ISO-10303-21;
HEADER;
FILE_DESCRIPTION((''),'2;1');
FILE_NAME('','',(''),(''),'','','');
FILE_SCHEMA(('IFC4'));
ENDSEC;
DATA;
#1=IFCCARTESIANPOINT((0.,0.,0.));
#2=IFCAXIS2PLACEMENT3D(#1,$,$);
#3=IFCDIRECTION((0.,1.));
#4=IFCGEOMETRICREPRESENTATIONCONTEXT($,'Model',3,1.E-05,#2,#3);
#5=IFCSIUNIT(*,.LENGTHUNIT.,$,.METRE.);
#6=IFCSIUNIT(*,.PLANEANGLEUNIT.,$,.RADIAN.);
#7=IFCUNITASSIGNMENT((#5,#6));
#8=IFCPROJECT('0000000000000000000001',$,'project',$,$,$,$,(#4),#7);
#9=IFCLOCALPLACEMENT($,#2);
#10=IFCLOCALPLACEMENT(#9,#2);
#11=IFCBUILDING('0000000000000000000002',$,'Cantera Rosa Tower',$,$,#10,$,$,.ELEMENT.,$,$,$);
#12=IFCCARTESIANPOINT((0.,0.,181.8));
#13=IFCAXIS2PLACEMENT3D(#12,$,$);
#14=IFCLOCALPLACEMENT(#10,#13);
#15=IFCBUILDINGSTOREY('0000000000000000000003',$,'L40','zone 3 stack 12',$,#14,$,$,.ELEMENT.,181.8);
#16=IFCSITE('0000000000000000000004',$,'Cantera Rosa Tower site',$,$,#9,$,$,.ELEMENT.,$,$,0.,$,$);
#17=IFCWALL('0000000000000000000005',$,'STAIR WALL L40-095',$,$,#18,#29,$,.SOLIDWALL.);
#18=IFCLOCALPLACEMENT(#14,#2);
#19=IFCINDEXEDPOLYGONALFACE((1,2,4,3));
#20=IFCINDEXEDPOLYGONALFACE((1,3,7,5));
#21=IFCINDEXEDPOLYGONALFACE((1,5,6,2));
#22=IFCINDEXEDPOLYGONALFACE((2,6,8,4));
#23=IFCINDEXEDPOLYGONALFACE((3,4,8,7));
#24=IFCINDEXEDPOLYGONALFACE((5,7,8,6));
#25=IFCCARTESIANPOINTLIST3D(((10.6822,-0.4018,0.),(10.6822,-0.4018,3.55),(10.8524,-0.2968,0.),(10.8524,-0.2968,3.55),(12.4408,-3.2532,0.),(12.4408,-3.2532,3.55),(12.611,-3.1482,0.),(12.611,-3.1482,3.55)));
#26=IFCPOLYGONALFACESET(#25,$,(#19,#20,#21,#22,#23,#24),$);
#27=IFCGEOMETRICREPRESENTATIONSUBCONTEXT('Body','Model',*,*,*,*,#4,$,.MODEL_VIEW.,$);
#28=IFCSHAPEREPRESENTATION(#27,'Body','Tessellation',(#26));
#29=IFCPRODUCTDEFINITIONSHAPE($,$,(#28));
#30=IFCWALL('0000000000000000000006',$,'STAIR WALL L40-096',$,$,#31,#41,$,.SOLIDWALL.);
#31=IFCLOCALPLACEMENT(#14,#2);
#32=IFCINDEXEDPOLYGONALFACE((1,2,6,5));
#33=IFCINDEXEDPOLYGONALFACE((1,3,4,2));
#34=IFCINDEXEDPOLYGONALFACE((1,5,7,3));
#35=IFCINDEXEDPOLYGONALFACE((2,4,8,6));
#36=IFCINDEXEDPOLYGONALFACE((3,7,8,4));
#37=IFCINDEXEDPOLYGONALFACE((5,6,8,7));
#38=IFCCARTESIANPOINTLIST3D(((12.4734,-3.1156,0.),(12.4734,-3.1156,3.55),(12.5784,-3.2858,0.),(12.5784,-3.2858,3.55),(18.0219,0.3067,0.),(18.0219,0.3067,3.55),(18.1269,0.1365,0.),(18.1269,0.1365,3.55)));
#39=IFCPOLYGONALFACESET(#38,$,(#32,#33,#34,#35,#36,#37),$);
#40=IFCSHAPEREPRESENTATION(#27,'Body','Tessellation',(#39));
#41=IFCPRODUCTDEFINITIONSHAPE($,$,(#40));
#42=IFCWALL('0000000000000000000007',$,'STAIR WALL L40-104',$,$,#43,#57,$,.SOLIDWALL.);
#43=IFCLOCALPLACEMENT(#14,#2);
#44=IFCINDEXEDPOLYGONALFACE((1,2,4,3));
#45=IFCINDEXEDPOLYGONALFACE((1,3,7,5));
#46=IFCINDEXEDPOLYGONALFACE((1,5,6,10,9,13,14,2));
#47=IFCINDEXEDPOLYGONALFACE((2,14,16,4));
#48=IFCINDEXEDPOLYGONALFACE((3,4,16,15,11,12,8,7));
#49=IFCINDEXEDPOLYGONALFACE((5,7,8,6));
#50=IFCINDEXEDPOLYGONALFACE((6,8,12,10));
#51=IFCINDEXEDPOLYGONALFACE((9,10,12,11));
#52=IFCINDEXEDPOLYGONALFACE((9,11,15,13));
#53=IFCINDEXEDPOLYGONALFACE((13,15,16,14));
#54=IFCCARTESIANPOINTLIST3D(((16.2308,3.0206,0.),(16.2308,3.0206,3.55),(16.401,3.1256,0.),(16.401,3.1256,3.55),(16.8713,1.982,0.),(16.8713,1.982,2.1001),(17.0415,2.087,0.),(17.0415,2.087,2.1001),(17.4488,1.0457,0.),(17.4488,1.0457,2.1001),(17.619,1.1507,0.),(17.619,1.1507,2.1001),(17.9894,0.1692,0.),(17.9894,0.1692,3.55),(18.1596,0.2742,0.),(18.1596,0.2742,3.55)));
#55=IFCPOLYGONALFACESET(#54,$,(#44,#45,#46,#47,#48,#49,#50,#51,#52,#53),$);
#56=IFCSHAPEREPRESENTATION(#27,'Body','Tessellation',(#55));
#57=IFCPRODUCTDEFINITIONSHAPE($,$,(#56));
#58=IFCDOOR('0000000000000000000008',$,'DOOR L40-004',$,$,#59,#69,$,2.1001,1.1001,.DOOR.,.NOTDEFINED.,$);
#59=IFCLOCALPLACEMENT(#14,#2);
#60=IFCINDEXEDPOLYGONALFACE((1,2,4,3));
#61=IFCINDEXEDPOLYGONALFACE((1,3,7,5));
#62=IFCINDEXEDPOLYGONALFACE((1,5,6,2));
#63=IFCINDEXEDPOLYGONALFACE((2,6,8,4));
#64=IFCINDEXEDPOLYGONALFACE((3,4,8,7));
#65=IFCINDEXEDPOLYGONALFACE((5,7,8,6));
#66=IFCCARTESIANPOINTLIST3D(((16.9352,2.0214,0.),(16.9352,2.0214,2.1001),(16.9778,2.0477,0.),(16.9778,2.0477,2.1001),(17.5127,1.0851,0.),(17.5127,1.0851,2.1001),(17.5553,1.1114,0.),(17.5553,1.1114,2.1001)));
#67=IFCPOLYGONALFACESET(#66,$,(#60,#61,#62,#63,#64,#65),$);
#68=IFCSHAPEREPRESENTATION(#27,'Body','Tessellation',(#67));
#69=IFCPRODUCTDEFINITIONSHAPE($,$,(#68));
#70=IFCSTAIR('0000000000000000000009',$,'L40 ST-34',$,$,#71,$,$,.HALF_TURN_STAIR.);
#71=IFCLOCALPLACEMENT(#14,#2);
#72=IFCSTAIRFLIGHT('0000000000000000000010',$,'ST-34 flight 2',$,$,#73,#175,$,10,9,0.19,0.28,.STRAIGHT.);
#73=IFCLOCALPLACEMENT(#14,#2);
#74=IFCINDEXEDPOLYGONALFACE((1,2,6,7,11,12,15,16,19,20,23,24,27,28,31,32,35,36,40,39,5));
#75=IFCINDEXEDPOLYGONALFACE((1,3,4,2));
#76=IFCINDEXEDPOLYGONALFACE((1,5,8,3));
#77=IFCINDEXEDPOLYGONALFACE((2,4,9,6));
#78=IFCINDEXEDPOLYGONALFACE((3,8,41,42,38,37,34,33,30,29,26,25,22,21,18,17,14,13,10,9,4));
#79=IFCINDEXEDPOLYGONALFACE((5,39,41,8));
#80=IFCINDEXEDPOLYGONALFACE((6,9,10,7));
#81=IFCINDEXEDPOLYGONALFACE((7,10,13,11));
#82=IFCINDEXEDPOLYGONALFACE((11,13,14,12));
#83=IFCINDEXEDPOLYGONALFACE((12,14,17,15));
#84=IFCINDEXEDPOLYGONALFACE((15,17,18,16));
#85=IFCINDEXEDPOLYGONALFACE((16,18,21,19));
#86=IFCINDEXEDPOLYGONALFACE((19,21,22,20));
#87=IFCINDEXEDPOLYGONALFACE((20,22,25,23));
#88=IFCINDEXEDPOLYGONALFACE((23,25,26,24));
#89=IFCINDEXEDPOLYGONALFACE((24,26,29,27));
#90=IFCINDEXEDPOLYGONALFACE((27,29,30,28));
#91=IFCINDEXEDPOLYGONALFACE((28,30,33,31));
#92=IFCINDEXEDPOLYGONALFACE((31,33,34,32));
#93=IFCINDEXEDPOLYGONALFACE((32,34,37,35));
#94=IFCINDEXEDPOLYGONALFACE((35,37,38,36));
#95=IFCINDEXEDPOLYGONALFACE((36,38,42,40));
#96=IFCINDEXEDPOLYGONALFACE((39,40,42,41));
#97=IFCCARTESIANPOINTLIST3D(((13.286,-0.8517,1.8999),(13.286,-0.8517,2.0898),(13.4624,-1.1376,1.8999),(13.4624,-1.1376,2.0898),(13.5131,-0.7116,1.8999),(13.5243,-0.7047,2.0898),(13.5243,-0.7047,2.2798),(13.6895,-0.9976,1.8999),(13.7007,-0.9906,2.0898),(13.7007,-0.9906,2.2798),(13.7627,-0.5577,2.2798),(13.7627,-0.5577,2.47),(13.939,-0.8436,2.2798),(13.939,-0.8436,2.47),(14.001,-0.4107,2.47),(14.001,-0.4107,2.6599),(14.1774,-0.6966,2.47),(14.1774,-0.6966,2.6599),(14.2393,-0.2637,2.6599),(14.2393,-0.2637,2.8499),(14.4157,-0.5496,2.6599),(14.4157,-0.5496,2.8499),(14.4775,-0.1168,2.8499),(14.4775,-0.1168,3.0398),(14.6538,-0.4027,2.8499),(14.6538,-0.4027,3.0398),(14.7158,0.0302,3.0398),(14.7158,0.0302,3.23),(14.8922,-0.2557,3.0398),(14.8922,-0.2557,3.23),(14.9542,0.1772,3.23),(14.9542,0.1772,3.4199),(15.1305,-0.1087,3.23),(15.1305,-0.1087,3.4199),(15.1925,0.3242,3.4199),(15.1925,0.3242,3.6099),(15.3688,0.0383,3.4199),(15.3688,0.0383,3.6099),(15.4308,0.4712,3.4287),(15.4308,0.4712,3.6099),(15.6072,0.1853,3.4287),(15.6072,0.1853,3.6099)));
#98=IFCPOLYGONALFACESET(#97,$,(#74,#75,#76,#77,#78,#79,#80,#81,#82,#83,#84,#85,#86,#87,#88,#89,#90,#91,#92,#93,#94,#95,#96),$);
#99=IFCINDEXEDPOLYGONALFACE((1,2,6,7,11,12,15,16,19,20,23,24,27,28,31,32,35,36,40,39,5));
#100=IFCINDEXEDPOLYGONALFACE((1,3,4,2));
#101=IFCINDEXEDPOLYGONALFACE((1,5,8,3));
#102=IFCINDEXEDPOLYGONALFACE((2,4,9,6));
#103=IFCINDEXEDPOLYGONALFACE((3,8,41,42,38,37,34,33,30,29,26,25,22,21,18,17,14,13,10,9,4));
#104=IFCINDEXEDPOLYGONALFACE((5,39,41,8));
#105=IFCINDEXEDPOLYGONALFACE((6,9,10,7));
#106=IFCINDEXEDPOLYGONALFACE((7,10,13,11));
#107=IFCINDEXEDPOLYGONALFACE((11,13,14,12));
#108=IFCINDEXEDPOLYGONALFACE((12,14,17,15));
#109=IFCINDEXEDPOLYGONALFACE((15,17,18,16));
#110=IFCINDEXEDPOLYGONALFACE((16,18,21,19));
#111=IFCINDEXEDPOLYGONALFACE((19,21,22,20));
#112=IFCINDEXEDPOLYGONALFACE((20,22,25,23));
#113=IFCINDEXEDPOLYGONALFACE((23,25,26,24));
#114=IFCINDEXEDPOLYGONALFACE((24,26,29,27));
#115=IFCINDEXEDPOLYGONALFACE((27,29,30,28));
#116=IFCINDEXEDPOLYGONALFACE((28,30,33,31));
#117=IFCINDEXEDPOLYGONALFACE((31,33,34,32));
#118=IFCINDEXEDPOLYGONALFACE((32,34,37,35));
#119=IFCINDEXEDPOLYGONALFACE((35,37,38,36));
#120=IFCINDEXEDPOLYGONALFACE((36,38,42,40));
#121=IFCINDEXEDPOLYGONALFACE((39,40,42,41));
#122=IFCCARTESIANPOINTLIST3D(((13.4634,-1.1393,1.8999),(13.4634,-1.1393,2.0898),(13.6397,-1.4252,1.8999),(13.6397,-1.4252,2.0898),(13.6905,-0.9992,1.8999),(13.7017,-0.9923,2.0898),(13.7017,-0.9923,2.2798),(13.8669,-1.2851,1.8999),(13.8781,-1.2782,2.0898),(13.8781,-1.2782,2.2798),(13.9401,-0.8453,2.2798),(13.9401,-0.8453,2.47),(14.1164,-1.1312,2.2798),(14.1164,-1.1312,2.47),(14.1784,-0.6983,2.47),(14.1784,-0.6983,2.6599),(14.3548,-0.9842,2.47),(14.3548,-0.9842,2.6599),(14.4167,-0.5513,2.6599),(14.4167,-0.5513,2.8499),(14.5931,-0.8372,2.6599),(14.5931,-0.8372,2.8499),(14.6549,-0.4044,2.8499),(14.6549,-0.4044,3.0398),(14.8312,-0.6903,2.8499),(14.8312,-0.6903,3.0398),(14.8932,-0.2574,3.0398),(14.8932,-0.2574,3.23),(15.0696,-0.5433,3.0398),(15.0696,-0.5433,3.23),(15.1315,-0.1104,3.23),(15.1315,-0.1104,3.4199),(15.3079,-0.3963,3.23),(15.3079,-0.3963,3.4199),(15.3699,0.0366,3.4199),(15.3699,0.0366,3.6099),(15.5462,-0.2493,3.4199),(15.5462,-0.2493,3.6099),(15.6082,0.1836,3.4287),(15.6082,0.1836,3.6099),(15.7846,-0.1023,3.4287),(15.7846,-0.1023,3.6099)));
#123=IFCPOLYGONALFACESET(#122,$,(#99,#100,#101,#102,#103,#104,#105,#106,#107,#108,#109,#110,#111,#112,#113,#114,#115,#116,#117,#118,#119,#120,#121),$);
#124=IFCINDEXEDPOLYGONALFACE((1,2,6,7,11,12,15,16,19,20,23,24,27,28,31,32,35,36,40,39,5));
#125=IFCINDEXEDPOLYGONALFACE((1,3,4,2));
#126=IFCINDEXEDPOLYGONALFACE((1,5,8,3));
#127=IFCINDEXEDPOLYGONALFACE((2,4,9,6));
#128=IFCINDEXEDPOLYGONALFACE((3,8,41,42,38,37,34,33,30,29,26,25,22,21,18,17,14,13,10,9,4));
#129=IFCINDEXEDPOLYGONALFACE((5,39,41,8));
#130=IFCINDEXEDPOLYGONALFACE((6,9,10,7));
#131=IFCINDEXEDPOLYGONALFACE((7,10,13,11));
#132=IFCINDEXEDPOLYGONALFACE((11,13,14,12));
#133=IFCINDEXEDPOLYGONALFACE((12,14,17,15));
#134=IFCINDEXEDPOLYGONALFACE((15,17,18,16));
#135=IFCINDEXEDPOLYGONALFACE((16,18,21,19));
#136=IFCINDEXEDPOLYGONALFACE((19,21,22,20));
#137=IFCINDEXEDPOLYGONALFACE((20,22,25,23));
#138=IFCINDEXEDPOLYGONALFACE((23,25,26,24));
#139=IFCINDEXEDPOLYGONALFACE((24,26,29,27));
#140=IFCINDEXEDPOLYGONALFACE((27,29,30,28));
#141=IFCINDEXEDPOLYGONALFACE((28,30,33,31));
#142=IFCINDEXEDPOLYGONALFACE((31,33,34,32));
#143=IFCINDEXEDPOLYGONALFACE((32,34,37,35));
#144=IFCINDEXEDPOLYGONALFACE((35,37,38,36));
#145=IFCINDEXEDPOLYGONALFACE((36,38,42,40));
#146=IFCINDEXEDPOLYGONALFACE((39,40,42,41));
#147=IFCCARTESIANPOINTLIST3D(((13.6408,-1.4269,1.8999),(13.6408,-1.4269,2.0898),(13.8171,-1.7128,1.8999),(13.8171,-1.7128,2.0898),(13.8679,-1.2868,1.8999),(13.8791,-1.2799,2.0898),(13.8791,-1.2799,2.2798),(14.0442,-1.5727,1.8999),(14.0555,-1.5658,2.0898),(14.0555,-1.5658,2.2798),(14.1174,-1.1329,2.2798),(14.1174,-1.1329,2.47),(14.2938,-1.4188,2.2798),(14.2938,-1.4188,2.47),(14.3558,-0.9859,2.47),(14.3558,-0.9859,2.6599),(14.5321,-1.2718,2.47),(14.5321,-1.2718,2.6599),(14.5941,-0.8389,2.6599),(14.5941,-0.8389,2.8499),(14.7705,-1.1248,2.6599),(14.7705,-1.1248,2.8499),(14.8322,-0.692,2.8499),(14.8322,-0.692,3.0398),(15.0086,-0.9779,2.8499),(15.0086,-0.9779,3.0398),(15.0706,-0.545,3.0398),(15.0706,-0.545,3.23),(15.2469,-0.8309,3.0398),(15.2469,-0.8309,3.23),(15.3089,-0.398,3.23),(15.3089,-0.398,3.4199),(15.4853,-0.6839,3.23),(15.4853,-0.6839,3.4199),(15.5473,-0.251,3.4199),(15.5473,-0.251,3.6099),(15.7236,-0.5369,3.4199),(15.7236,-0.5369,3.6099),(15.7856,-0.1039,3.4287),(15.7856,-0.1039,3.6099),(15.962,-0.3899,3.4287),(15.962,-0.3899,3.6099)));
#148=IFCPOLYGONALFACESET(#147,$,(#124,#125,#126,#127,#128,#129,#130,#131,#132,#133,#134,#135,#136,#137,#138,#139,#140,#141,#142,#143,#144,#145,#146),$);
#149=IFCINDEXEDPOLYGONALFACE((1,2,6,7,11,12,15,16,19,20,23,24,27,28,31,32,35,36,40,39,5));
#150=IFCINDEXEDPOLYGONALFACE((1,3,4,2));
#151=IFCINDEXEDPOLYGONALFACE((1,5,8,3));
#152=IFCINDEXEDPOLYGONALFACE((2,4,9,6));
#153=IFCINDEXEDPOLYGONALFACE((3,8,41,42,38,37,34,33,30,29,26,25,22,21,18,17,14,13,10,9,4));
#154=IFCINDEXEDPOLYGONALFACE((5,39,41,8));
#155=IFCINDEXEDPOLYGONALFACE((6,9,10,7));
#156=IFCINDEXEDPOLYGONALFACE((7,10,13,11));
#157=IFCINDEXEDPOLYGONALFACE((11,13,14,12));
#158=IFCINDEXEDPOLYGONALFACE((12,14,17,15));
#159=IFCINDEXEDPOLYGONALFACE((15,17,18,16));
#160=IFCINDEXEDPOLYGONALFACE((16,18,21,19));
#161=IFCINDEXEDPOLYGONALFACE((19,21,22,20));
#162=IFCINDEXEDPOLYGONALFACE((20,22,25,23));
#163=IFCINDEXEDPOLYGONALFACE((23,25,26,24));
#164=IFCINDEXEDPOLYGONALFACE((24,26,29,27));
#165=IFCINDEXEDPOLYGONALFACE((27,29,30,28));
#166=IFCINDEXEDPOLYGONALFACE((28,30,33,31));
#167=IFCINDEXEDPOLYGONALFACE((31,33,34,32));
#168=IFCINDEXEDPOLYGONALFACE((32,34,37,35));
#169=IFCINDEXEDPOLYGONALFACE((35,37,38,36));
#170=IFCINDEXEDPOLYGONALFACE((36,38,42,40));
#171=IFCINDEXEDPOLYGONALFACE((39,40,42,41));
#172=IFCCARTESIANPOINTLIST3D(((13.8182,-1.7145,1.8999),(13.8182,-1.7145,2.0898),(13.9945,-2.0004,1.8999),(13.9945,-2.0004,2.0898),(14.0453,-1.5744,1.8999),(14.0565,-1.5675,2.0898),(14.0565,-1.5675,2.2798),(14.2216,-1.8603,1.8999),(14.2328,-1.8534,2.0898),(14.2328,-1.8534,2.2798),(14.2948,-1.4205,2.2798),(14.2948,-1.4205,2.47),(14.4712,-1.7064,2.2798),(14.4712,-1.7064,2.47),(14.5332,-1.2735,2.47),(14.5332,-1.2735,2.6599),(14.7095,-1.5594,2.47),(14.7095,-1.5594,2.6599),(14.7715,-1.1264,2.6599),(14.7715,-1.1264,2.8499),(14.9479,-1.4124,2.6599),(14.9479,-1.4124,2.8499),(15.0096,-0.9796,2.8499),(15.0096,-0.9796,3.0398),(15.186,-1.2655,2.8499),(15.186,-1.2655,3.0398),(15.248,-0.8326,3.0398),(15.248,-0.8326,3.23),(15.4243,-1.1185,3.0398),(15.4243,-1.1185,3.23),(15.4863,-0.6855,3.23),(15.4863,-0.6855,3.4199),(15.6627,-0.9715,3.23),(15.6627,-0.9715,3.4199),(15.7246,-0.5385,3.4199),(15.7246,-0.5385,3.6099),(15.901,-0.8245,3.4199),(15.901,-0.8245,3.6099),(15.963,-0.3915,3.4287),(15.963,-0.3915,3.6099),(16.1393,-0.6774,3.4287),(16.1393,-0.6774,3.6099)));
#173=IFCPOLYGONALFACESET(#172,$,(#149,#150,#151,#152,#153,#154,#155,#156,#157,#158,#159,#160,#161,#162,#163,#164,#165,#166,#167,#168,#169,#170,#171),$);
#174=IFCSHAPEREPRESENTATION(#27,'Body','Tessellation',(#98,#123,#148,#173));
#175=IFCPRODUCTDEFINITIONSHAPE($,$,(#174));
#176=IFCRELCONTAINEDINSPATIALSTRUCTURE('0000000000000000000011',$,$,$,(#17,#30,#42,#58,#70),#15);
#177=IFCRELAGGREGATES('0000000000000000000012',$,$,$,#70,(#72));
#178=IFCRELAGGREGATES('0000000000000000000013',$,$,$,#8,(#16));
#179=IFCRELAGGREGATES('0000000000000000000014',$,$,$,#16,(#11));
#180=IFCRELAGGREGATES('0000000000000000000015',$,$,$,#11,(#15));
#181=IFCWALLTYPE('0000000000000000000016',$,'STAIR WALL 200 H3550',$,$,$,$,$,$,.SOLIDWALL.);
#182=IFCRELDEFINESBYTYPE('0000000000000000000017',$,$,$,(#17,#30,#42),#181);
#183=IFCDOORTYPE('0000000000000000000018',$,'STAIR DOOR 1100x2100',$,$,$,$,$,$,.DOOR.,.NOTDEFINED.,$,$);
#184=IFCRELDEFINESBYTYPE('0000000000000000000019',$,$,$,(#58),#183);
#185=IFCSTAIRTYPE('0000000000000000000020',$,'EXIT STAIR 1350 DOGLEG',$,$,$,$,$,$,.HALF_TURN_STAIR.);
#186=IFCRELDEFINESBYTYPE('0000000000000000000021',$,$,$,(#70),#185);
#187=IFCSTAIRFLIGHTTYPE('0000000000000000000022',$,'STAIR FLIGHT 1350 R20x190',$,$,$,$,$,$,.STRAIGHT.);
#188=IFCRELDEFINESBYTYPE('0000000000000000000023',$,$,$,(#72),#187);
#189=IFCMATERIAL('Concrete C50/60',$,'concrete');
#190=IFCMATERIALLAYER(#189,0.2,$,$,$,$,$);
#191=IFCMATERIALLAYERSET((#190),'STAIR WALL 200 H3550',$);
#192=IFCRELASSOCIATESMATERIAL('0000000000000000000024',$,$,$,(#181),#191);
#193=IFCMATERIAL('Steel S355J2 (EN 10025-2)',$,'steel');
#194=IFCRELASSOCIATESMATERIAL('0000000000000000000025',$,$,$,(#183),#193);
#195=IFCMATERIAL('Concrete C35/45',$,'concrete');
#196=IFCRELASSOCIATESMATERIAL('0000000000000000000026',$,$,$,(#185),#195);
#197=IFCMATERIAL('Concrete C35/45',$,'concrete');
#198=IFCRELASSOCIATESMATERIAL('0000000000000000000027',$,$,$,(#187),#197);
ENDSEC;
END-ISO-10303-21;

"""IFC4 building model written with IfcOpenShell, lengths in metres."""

from ifc_helpers import new_model, si_unit, direction, frame, frame_2d, origin, place, context, subcontext, project, spatial, polyline, rectangle, outline, extrude, material, layer, layer_set, type_object, element, fill, aggregate, save


model = new_model("IFC4")

# Units and contexts
model_context = context("Model", 3, precision=1e-05, world=origin(), true_north=direction((0.0, 1.0)))
body_context = subcontext(model_context, "Body", "Model", "MODEL_VIEW")
ifc_project = project(units=[si_unit("LENGTHUNIT", "METRE"), si_unit("PLANEANGLEUNIT", "RADIAN")], contexts=[model_context])

# Site, building, storey
site_placement = place(None, origin())
site = spatial("IfcSite", under=ifc_project, at=site_placement, Name="Cantera Rosa Tower site", CompositionType="ELEMENT", RefElevation=0.0)
building_placement = place(site_placement, origin())
building = spatial("IfcBuilding", under=site, at=building_placement, Name="Cantera Rosa Tower", CompositionType="ELEMENT")
storey_placement = place(building_placement, frame((0.0, 0.0, 181.8)))
storey = spatial("IfcBuildingStorey", under=building, at=storey_placement, Name="L40", Description="zone 3 stack 12", CompositionType="ELEMENT", Elevation=181.8)

# Walls
ifc_material_1 = material(Name="Concrete C50/60", Category="concrete")
ifc_layer_1 = layer(ifc_material_1, 0.2)
ifc_layer_set_1 = layer_set([ifc_layer_1], Name="STAIR WALL 200 H3550")
wall_type_1 = type_object("IfcWallType", Name="STAIR WALL 200 H3550", PredefinedType="SOLIDWALL", material=ifc_layer_set_1)
wall_1_placement = place(storey_placement, frame((12.5259, -3.2007, 0.0), z_axis=(0.0, 0.0, 1.0), x_axis=(-0.524939, 0.85114, 0.0)))
element("IfcWall", 1, at=wall_1_placement, inside=storey, type_object=wall_type_1, Name="STAIR WALL L40-095", PredefinedType="SOLIDWALL", context=body_context, shape_type="SweptSolid", body=[
    extrude(rectangle(XDim=3.3501, YDim=0.2, at=frame_2d((1.675, 0.0))), origin(), (0.0, 0.0, 1.0), 3.55),
])
wall_2_placement = place(storey_placement, frame((12.5259, -3.2007, 0.0), z_axis=(0.0, 0.0, 1.0), x_axis=(0.85112, 0.524971, 0.0)))
element("IfcWall", 2, at=wall_2_placement, inside=storey, type_object=wall_type_1, Name="STAIR WALL L40-096", PredefinedType="SOLIDWALL", context=body_context, shape_type="SweptSolid", body=[
    extrude(rectangle(XDim=6.519, YDim=0.2, at=frame_2d((3.2595, 0.0))), origin(), (0.0, 0.0, 1.0), 3.55),
])

# Wall, opening, door
wall_3_placement = place(storey_placement, frame((18.0745, 0.2217, 0.0), z_axis=(0.0, 0.0, 1.0), x_axis=(-0.524939, 0.85114, 0.0)))
wall_3 = element("IfcWall", 3, at=wall_3_placement, inside=storey, type_object=wall_type_1, Name="STAIR WALL L40-104", PredefinedType="SOLIDWALL", context=body_context, shape_type="SweptSolid", body=[
    extrude(rectangle(XDim=3.3501, YDim=0.2, at=frame_2d((1.675, 0.0))), origin(), (0.0, 0.0, 1.0), 3.55),
])
opening_1_placement = place(wall_3_placement, frame((1.0298, 0.0, 0.0)))
opening_1 = element("IfcOpeningElement", 4, at=opening_1_placement, cuts=wall_3, PredefinedType="OPENING", context=body_context, shape_type="SweptSolid", body=[
    extrude(rectangle(XDim=1.1001, YDim=2.1001, at=frame_2d((0.55, 1.05))), frame((0.0, 0.1099, 0.0), z_axis=(0.0, -1.0, 0.0), x_axis=(1.0, 0.0, 0.0)), (0.0, 0.0, 1.0), 0.22),
])
ifc_material_2 = material(Name="Steel S355J2 (EN 10025-2)", Category="steel")
door_type_1 = type_object("IfcDoorType", Name="STAIR DOOR 1100x2100", OperationType="NOTDEFINED", PredefinedType="DOOR", material=ifc_material_2)
door_1_placement = place(opening_1_placement, origin())
door_1 = element("IfcDoor", 5, at=door_1_placement, inside=storey, type_object=door_type_1, Name="DOOR L40-004", OperationType="NOTDEFINED", OverallHeight=2.1001, OverallWidth=1.1001, PredefinedType="DOOR", context=body_context, shape_type="SweptSolid", body=[
    extrude(rectangle(XDim=1.1001, YDim=2.1001, at=frame_2d((0.55, 1.05))), frame((0.0, 0.0249, 0.0), z_axis=(0.0, -1.0, 0.0), x_axis=(1.0, 0.0, 0.0)), (0.0, 0.0, 1.0), 0.05),
])
fill(opening_1, door_1)

# Stair, stair flight
ifc_material_3 = material(Name="Concrete C35/45", Category="concrete")
stair_type = type_object("IfcStairType", Name="EXIT STAIR 1350 DOGLEG", PredefinedType="HALF_TURN_STAIR", material=ifc_material_3)
stair_placement = place(storey_placement, origin())
stair = element("IfcStair", 6, at=stair_placement, inside=storey, type_object=stair_type, Name="L40 ST-34", PredefinedType="HALF_TURN_STAIR")
ifc_material_4 = material(Name="Concrete C35/45", Category="concrete")
stair_flight_type = type_object("IfcStairFlightType", Name="STAIR FLIGHT 1350 R20x190", PredefinedType="STRAIGHT", material=ifc_material_4)
stair_flight_placement = place(storey_placement, frame((13.6404, -1.4263, 1.8999), z_axis=(0.0, 0.0, 1.0), x_axis=(0.851117, 0.524977, 0.0)))
stair_flight = element("IfcStairFlight", 7, at=stair_flight_placement, type_object=stair_flight_type, Name="ST-34 flight 2", NumberOfRisers=10, NumberOfTreads=9, PredefinedType="STRAIGHT", RiserHeight=0.19, TreadLength=0.28, context=body_context, shape_type="SweptSolid", body=[
    extrude(outline(polyline([(0.0, 0.0), (0.0, 0.1899), (0.28, 0.1899), (0.28, 0.3799), (0.5601, 0.3799), (0.5601, 0.5701), (0.8401, 0.5701), (0.8401, 0.76), (1.1201, 0.76), (1.1201, 0.95), (1.3999, 0.95), (1.3999, 1.1399), (1.6799, 1.1399), (1.6799, 1.3301), (1.96, 1.3301), (1.96, 1.52), (2.24, 1.52), (2.24, 1.71), (2.52, 1.71), (2.52, 1.8999), (2.52, 1.5288), (0.2668, 0.0), (0.0, 0.0)])), frame((0.0, 0.675, 0.0), z_axis=(0.0, -1.0, 0.0), x_axis=(1.0, 0.0, 0.0)), (0.0, 0.0, 1.0), 0.3359),
    extrude(outline(polyline([(0.0, 0.0), (0.0, 0.1899), (0.28, 0.1899), (0.28, 0.3799), (0.5601, 0.3799), (0.5601, 0.5701), (0.8401, 0.5701), (0.8401, 0.76), (1.1201, 0.76), (1.1201, 0.95), (1.3999, 0.95), (1.3999, 1.1399), (1.6799, 1.1399), (1.6799, 1.3301), (1.96, 1.3301), (1.96, 1.52), (2.24, 1.52), (2.24, 1.71), (2.52, 1.71), (2.52, 1.8999), (2.52, 1.5288), (0.2668, 0.0), (0.0, 0.0)])), frame((0.0, 0.3372, 0.0), z_axis=(0.0, -1.0, 0.0), x_axis=(1.0, 0.0, 0.0)), (0.0, 0.0, 1.0), 0.3359),
    extrude(outline(polyline([(0.0, 0.0), (0.0, 0.1899), (0.28, 0.1899), (0.28, 0.3799), (0.5601, 0.3799), (0.5601, 0.5701), (0.8401, 0.5701), (0.8401, 0.76), (1.1201, 0.76), (1.1201, 0.95), (1.3999, 0.95), (1.3999, 1.1399), (1.6799, 1.1399), (1.6799, 1.3301), (1.96, 1.3301), (1.96, 1.52), (2.24, 1.52), (2.24, 1.71), (2.52, 1.71), (2.52, 1.8999), (2.52, 1.5288), (0.2668, 0.0), (0.0, 0.0)])), frame((0.0, -0.0007, 0.0), z_axis=(0.0, -1.0, 0.0), x_axis=(1.0, 0.0, 0.0)), (0.0, 0.0, 1.0), 0.3359),
    extrude(outline(polyline([(0.0, 0.0), (0.0, 0.1899), (0.28, 0.1899), (0.28, 0.3799), (0.5601, 0.3799), (0.5601, 0.5701), (0.8401, 0.5701), (0.8401, 0.76), (1.1201, 0.76), (1.1201, 0.95), (1.3999, 0.95), (1.3999, 1.1399), (1.6799, 1.1399), (1.6799, 1.3301), (1.96, 1.3301), (1.96, 1.52), (2.24, 1.52), (2.24, 1.71), (2.52, 1.71), (2.52, 1.8999), (2.52, 1.5288), (0.2668, 0.0), (0.0, 0.0)])), frame((0.0, -0.3386, 0.0), z_axis=(0.0, -1.0, 0.0), x_axis=(1.0, 0.0, 0.0)), (0.0, 0.0, 1.0), 0.3359),
])
aggregate(stair, [stair_flight])

save(model, "model.ifc")
